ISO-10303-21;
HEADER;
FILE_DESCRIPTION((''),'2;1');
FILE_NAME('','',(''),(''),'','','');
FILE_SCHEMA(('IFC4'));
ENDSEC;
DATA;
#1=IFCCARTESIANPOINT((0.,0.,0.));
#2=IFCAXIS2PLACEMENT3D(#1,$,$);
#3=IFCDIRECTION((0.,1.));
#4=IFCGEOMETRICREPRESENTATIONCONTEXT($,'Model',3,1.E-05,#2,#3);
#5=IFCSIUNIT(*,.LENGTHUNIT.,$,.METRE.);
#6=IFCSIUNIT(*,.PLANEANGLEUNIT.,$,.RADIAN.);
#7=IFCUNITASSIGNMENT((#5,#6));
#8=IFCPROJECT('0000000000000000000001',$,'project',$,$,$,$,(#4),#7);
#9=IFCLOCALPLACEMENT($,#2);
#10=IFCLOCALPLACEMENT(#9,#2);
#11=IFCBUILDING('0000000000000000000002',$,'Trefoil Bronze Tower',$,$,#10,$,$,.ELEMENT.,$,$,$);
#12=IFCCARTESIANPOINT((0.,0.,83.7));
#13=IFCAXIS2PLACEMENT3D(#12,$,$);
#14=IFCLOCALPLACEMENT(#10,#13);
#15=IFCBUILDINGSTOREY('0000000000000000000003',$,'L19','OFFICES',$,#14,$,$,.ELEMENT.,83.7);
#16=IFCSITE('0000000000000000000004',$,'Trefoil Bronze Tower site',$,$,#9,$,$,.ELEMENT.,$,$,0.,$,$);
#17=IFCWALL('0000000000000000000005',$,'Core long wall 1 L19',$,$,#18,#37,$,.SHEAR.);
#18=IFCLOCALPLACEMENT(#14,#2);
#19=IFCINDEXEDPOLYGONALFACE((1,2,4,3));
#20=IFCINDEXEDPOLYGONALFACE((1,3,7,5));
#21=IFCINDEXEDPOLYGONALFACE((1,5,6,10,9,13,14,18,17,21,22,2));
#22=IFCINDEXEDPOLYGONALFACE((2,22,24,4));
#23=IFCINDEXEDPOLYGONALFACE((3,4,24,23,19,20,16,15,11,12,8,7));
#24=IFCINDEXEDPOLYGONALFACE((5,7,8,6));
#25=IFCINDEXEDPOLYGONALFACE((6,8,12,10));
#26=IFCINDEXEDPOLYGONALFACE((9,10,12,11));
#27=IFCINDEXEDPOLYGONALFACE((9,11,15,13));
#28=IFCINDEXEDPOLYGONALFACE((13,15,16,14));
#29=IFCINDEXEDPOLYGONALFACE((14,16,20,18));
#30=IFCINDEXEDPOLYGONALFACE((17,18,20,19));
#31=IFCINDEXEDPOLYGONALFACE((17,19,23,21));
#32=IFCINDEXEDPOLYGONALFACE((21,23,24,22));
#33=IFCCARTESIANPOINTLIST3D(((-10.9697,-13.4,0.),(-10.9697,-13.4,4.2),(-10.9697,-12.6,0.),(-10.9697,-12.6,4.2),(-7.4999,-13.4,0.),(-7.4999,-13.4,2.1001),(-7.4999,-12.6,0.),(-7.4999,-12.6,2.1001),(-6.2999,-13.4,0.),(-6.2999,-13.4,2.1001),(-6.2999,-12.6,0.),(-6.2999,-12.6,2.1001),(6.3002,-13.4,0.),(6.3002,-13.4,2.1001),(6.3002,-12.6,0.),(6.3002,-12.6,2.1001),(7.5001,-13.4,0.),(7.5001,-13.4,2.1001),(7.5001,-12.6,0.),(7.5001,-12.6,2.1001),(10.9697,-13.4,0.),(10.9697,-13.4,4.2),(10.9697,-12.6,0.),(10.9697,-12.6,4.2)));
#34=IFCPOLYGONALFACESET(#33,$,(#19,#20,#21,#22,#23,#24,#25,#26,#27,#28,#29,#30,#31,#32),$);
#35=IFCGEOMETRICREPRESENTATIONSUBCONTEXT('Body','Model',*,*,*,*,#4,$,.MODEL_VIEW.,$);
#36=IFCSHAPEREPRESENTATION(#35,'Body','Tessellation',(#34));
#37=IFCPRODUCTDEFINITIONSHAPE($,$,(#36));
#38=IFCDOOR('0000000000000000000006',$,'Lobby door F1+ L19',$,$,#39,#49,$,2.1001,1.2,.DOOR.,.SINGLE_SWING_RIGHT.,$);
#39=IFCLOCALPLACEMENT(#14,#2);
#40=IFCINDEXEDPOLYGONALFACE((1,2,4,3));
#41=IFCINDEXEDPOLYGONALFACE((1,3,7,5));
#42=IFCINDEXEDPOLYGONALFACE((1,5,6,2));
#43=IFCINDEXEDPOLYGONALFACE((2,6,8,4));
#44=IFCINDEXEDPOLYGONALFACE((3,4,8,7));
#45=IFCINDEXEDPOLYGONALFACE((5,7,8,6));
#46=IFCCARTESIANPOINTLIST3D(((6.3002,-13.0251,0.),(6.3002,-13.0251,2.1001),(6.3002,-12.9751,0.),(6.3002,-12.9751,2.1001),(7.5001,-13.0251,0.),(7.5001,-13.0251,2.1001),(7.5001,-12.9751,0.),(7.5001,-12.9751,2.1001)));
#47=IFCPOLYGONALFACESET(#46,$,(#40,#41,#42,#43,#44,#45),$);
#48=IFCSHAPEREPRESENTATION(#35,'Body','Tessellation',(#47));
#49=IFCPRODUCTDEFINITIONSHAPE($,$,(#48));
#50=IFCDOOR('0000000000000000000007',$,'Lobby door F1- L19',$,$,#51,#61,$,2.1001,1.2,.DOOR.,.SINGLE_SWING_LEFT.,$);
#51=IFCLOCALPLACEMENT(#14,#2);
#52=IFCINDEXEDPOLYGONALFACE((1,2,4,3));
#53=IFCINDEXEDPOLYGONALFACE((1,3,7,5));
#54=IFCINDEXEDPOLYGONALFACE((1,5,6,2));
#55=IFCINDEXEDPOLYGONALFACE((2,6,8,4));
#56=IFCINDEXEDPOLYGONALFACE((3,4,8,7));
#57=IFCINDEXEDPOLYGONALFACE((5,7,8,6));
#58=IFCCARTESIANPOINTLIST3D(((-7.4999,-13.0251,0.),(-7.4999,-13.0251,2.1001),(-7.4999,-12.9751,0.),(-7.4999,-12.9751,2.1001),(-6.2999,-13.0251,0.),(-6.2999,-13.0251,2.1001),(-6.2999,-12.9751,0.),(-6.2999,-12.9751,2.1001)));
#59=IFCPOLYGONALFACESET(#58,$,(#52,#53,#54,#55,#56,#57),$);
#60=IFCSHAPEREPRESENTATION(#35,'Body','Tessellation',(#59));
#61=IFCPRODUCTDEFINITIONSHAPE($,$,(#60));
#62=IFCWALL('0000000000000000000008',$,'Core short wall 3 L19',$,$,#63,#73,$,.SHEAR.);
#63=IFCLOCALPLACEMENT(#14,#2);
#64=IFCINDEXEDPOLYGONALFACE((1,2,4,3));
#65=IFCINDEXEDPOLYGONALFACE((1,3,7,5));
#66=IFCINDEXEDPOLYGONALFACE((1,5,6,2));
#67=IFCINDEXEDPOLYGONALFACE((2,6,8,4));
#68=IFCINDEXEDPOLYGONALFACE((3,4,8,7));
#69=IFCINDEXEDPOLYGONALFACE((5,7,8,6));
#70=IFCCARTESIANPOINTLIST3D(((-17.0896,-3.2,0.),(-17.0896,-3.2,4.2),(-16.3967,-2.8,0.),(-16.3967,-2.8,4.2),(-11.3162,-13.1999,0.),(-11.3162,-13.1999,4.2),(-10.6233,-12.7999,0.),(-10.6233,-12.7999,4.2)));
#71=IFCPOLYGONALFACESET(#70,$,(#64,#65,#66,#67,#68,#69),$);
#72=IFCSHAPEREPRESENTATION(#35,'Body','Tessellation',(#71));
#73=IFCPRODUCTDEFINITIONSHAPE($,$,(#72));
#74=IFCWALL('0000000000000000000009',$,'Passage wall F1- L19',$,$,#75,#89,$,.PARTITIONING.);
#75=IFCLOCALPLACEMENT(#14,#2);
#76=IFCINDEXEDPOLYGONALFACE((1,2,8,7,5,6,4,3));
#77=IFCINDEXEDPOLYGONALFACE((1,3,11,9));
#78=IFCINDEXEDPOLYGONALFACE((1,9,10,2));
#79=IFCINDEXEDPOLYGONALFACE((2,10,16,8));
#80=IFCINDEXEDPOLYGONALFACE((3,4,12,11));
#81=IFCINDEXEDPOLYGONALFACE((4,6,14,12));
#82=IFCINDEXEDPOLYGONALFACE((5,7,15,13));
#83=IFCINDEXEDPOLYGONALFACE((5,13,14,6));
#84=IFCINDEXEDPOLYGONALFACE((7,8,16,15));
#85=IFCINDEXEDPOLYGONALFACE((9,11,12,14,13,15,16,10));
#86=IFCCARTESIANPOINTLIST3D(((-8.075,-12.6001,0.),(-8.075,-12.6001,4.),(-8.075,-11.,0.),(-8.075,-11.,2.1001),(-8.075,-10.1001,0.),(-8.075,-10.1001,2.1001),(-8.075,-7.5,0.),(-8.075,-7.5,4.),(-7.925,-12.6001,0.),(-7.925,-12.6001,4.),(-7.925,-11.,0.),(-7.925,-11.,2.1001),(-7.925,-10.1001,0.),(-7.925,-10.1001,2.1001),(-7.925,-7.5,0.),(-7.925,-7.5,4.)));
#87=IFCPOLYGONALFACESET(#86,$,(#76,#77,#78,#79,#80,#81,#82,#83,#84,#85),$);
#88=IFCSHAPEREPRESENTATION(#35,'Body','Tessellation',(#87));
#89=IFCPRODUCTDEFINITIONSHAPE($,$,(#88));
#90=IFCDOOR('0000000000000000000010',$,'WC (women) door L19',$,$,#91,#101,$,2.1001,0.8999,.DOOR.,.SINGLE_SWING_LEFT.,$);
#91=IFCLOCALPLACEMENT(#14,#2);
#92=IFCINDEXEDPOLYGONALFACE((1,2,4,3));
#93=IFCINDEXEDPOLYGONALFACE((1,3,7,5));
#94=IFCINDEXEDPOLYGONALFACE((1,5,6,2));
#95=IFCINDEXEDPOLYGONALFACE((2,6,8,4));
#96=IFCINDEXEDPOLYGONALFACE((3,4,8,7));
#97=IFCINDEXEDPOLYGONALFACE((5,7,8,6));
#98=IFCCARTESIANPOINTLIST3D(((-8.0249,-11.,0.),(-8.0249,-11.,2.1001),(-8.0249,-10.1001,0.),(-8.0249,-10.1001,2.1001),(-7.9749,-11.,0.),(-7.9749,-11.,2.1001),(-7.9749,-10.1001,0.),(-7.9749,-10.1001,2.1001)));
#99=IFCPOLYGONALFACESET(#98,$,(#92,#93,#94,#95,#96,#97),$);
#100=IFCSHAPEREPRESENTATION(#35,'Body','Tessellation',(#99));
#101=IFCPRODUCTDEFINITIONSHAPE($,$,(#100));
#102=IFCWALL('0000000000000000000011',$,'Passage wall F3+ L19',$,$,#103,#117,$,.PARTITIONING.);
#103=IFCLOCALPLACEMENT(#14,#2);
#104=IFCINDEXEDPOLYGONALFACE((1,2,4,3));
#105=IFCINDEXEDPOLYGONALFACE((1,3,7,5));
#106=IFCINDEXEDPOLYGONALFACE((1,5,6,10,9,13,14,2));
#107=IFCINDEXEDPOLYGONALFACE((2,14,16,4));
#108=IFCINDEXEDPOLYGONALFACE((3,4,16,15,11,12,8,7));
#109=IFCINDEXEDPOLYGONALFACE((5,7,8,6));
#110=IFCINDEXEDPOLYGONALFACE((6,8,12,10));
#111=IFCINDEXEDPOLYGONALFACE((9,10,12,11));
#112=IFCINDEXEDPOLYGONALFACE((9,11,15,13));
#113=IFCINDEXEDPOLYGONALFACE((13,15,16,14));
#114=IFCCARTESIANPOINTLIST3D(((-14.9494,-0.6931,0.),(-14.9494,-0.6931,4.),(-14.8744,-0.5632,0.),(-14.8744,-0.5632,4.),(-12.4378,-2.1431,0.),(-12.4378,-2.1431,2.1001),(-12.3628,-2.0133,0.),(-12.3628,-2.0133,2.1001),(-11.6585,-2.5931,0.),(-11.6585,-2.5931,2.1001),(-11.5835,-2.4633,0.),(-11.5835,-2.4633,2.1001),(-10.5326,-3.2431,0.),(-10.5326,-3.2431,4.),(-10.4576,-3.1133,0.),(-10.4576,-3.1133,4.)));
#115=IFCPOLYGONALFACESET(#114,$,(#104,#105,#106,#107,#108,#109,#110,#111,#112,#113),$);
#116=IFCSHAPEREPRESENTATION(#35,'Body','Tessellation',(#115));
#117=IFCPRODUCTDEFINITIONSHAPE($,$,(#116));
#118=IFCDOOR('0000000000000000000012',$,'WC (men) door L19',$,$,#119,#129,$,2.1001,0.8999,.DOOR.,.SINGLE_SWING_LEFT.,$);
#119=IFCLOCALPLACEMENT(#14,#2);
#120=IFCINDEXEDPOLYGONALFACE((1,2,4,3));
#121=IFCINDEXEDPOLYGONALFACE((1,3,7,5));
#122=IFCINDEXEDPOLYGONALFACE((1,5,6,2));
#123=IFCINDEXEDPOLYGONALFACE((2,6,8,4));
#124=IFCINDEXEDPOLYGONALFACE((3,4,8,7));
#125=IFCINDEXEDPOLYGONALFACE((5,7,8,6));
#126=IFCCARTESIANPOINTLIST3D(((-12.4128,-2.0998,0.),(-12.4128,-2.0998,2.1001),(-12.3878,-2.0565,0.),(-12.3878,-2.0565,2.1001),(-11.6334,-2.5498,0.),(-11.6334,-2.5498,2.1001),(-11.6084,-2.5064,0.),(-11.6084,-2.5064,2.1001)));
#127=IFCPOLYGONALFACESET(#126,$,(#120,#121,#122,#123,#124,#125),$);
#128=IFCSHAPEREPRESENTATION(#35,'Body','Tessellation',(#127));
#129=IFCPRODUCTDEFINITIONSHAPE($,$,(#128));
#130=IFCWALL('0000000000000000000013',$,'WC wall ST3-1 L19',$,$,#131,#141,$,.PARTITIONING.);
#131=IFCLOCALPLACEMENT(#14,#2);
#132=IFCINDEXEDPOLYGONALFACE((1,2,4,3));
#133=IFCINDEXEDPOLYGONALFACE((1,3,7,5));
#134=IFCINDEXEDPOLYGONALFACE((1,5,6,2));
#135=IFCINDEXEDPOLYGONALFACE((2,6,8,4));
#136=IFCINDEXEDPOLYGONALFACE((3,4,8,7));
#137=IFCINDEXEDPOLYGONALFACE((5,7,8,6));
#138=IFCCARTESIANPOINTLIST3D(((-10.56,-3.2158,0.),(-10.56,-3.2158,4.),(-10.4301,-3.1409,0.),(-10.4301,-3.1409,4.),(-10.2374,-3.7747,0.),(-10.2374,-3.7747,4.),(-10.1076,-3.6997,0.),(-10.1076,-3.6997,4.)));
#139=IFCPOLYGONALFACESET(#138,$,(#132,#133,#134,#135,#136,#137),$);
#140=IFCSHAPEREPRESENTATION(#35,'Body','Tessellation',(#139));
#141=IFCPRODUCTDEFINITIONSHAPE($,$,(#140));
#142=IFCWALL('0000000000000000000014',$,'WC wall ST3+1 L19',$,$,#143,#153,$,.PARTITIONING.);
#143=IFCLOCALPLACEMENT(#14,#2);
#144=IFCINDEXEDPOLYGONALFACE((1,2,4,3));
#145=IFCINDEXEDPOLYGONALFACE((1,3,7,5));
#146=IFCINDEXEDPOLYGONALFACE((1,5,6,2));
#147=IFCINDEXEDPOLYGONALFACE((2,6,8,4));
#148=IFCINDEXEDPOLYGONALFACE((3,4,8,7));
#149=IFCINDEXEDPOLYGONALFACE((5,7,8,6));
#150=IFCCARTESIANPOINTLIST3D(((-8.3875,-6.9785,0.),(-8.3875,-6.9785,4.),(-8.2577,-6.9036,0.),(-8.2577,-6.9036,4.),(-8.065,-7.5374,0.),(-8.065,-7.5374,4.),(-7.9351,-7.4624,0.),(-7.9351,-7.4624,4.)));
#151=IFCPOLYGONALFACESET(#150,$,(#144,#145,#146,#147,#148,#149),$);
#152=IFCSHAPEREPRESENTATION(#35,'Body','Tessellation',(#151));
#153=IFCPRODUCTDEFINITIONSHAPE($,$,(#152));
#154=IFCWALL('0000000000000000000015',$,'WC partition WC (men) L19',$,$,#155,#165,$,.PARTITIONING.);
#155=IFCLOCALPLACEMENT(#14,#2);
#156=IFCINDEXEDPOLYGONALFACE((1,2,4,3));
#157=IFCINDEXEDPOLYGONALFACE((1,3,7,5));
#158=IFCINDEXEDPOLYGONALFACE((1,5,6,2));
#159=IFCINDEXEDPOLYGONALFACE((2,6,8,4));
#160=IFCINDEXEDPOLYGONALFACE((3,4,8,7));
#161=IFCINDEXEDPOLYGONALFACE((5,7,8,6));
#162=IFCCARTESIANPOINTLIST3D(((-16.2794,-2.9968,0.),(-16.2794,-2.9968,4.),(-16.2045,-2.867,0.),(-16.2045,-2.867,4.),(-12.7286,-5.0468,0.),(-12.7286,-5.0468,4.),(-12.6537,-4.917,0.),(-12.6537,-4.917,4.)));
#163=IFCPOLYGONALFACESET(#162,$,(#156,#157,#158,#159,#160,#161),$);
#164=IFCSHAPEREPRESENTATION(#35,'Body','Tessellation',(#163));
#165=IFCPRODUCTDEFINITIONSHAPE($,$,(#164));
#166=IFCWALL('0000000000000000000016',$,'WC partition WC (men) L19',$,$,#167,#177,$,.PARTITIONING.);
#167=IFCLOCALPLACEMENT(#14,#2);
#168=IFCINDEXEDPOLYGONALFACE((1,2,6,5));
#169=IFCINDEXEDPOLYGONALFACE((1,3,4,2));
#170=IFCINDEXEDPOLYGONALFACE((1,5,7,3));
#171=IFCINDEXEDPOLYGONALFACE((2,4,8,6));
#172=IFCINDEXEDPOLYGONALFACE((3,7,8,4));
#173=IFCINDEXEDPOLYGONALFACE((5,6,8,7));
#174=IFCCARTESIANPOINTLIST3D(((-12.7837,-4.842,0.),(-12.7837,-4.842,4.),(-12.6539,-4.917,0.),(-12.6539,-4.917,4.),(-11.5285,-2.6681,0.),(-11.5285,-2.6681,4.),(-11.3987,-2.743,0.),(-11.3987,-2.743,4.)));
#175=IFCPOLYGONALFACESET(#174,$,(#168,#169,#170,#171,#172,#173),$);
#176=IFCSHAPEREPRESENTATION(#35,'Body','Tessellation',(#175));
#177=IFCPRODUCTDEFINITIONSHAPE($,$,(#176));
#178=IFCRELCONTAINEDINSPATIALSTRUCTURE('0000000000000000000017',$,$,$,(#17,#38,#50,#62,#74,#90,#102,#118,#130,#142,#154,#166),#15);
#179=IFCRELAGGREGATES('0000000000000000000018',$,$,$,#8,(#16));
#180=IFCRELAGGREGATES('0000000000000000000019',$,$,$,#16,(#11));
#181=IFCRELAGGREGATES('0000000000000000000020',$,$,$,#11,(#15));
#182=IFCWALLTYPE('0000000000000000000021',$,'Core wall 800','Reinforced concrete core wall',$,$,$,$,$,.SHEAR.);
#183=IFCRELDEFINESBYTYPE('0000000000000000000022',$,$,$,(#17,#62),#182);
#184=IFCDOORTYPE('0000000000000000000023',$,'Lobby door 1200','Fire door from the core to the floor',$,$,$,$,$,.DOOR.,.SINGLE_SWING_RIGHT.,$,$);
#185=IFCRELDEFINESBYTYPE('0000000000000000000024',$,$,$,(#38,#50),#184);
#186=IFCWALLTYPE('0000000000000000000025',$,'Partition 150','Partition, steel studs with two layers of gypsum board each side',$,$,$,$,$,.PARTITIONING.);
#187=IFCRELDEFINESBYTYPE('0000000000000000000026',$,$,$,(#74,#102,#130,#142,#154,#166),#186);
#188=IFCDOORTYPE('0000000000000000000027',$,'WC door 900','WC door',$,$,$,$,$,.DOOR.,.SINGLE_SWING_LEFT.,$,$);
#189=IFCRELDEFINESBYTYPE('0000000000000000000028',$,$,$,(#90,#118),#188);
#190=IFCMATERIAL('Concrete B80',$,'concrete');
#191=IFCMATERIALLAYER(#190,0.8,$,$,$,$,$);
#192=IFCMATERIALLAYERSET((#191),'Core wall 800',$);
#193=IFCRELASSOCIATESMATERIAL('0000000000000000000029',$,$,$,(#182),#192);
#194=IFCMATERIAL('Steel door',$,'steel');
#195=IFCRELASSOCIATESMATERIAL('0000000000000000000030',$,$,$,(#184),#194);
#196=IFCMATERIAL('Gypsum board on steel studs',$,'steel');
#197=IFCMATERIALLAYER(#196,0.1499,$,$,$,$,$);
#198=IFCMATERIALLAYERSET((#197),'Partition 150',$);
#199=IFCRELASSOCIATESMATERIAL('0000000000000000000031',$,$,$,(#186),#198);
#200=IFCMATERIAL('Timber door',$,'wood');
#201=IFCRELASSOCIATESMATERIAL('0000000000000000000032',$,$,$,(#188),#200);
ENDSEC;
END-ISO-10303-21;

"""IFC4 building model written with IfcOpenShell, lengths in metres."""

from ifc_helpers import new_model, si_unit, direction, frame, frame_2d, origin, place, context, subcontext, project, spatial, rectangle, extrude, material, layer, layer_set, type_object, element, fill, save


model = new_model("IFC4")

# Units and contexts
model_context = context("Model", 3, precision=1e-05, world=origin(), true_north=direction((0.0, 1.0)))
body_context = subcontext(model_context, "Body", "Model", "MODEL_VIEW")
ifc_project = project(units=[si_unit("LENGTHUNIT", "METRE"), si_unit("PLANEANGLEUNIT", "RADIAN")], contexts=[model_context])

# Site, building, storey
site_placement = place(None, origin())
site = spatial("IfcSite", under=ifc_project, at=site_placement, Name="Trefoil Bronze Tower site", CompositionType="ELEMENT", RefElevation=0.0)
building_placement = place(site_placement, origin())
building = spatial("IfcBuilding", under=site, at=building_placement, Name="Trefoil Bronze Tower", CompositionType="ELEMENT")
storey_placement = place(building_placement, frame((0.0, 0.0, 83.7)))
storey = spatial("IfcBuildingStorey", under=building, at=storey_placement, Name="L19", Description="OFFICES", CompositionType="ELEMENT", Elevation=83.7)

# Wall, openings, doors
ifc_material_1 = material(Name="Concrete B80", Category="concrete")
ifc_layer_1 = layer(ifc_material_1, 0.8)
ifc_layer_set_1 = layer_set([ifc_layer_1], Name="Core wall 800")
wall_type_1 = type_object("IfcWallType", Name="Core wall 800", Description="Reinforced concrete core wall", PredefinedType="SHEAR", material=ifc_layer_set_1)
wall_1_placement = place(storey_placement, frame((-10.9697, -13.0, 0.0), z_axis=(0.0, 0.0, 1.0), x_axis=(1.0, 0.0, 0.0)))
wall_1 = element("IfcWall", 1, at=wall_1_placement, inside=storey, type_object=wall_type_1, Name="Core long wall 1 L19", PredefinedType="SHEAR", context=body_context, shape_type="SweptSolid", body=[
    extrude(rectangle(XDim=21.9395, YDim=0.8, at=frame_2d((10.9697, 0.0))), origin(), (0.0, 0.0, 1.0), 4.2),
])
opening_1_placement = place(wall_1_placement, frame((17.2698, 0.0, 0.0)))
opening_1 = element("IfcOpeningElement", 2, at=opening_1_placement, cuts=wall_1, PredefinedType="OPENING", context=body_context, shape_type="SweptSolid", body=[
    extrude(rectangle(XDim=1.2, YDim=2.1001, at=frame_2d((0.6001, 1.05))), frame((0.0, 0.4099, 0.0), z_axis=(0.0, -1.0, 0.0), x_axis=(1.0, 0.0, 0.0)), (0.0, 0.0, 1.0), 0.8201),
])
opening_2_placement = place(wall_1_placement, frame((3.4697, 0.0, 0.0)))
opening_2 = element("IfcOpeningElement", 3, at=opening_2_placement, cuts=wall_1, PredefinedType="OPENING", context=body_context, shape_type="SweptSolid", body=[
    extrude(rectangle(XDim=1.2, YDim=2.1001, at=frame_2d((0.6001, 1.05))), frame((0.0, 0.4099, 0.0), z_axis=(0.0, -1.0, 0.0), x_axis=(1.0, 0.0, 0.0)), (0.0, 0.0, 1.0), 0.8201),
])
ifc_material_2 = material(Name="Steel door", Category="steel")
door_type_1 = type_object("IfcDoorType", Name="Lobby door 1200", Description="Fire door from the core to the floor", OperationType="SINGLE_SWING_RIGHT", PredefinedType="DOOR", material=ifc_material_2)
door_1_placement = place(opening_1_placement, origin())
door_1 = element("IfcDoor", 4, at=door_1_placement, inside=storey, type_object=door_type_1, Name="Lobby door F1+ L19", OperationType="SINGLE_SWING_RIGHT", OverallHeight=2.1001, OverallWidth=1.2, PredefinedType="DOOR", context=body_context, shape_type="SweptSolid", body=[
    extrude(rectangle(XDim=1.2, YDim=2.1001, at=frame_2d((0.6001, 1.05))), frame((0.0, 0.0249, 0.0), z_axis=(0.0, -1.0, 0.0), x_axis=(1.0, 0.0, 0.0)), (0.0, 0.0, 1.0), 0.05),
])
fill(opening_1, door_1)
door_2_placement = place(opening_2_placement, origin())
door_2 = element("IfcDoor", 5, at=door_2_placement, inside=storey, type_object=door_type_1, Name="Lobby door F1- L19", OperationType="SINGLE_SWING_LEFT", OverallHeight=2.1001, OverallWidth=1.2, PredefinedType="DOOR", context=body_context, shape_type="SweptSolid", body=[
    extrude(rectangle(XDim=1.2, YDim=2.1001, at=frame_2d((0.6001, 1.05))), frame((0.0, 0.0249, 0.0), z_axis=(0.0, -1.0, 0.0), x_axis=(1.0, 0.0, 0.0)), (0.0, 0.0, 1.0), 0.05),
])
fill(opening_2, door_2)

# Wall
wall_2_placement = place(storey_placement, frame((-16.7432, -3.0, 0.0), z_axis=(0.0, 0.0, 1.0), x_axis=(0.499996, -0.866028, 0.0)))
element("IfcWall", 6, at=wall_2_placement, inside=storey, type_object=wall_type_1, Name="Core short wall 3 L19", PredefinedType="SHEAR", context=body_context, shape_type="SweptSolid", body=[
    extrude(rectangle(XDim=11.5469, YDim=0.8, at=frame_2d((5.7734, 0.0))), origin(), (0.0, 0.0, 1.0), 4.2),
])

# Walls, openings, doors
ifc_material_3 = material(Name="Gypsum board on steel studs", Category="steel")
ifc_layer_2 = layer(ifc_material_3, 0.1499)
ifc_layer_set_2 = layer_set([ifc_layer_2], Name="Partition 150")
wall_type_2 = type_object("IfcWallType", Name="Partition 150", Description="Partition, steel studs with two layers of gypsum board each side", PredefinedType="PARTITIONING", material=ifc_layer_set_2)
wall_3_placement = place(storey_placement, frame((-8.0, -7.5, 0.0), z_axis=(0.0, 0.0, 1.0), x_axis=(0.0, -1.0, 0.0)))
wall_3 = element("IfcWall", 7, at=wall_3_placement, inside=storey, type_object=wall_type_2, Name="Passage wall F1- L19", PredefinedType="PARTITIONING", context=body_context, shape_type="SweptSolid", body=[
    extrude(rectangle(XDim=5.1001, YDim=0.1499, at=frame_2d((2.55, 0.0))), origin(), (0.0, 0.0, 1.0), 4.0),
])
opening_3_placement = place(wall_3_placement, frame((2.6001, 0.0, 0.0)))
opening_3 = element("IfcOpeningElement", 8, at=opening_3_placement, cuts=wall_3, PredefinedType="OPENING", context=body_context, shape_type="SweptSolid", body=[
    extrude(rectangle(XDim=0.8999, YDim=2.1001, at=frame_2d((0.45, 1.05))), frame((0.0, 0.085, 0.0), z_axis=(0.0, -1.0, 0.0), x_axis=(1.0, 0.0, 0.0)), (0.0, 0.0, 1.0), 0.1699),
])
ifc_material_4 = material(Name="Timber door", Category="wood")
door_type_2 = type_object("IfcDoorType", Name="WC door 900", Description="WC door", OperationType="SINGLE_SWING_LEFT", PredefinedType="DOOR", material=ifc_material_4)
door_3_placement = place(opening_3_placement, frame((0.8999, 0.0, 0.0), z_axis=(0.0, 0.0, 1.0), x_axis=(-1.0, 0.0, 0.0)))
door_3 = element("IfcDoor", 9, at=door_3_placement, inside=storey, type_object=door_type_2, Name="WC (women) door L19", OperationType="SINGLE_SWING_LEFT", OverallHeight=2.1001, OverallWidth=0.8999, PredefinedType="DOOR", context=body_context, shape_type="SweptSolid", body=[
    extrude(rectangle(XDim=0.8999, YDim=2.1001, at=frame_2d((0.45, 1.05))), frame((0.0, 0.0249, 0.0), z_axis=(0.0, -1.0, 0.0), x_axis=(1.0, 0.0, 0.0)), (0.0, 0.0, 1.0), 0.05),
])
fill(opening_3, door_3)
wall_4_placement = place(storey_placement, frame((-10.4951, -3.1782, 0.0), z_axis=(0.0, 0.0, 1.0), x_axis=(-0.866022, 0.500006, 0.0)))
wall_4 = element("IfcWall", 10, at=wall_4_placement, inside=storey, type_object=wall_type_2, Name="Passage wall F3+ L19", PredefinedType="PARTITIONING", context=body_context, shape_type="SweptSolid", body=[
    extrude(rectangle(XDim=5.1001, YDim=0.1499, at=frame_2d((2.55, 0.0))), origin(), (0.0, 0.0, 1.0), 4.0),
])
opening_4_placement = place(wall_4_placement, frame((1.3, 0.0, 0.0)))
opening_4 = element("IfcOpeningElement", 11, at=opening_4_placement, cuts=wall_4, PredefinedType="OPENING", context=body_context, shape_type="SweptSolid", body=[
    extrude(rectangle(XDim=0.8999, YDim=2.1001, at=frame_2d((0.45, 1.05))), frame((0.0, 0.085, 0.0), z_axis=(0.0, -1.0, 0.0), x_axis=(1.0, 0.0, 0.0)), (0.0, 0.0, 1.0), 0.1699),
])
door_4_placement = place(opening_4_placement, origin())
door_4 = element("IfcDoor", 12, at=door_4_placement, inside=storey, type_object=door_type_2, Name="WC (men) door L19", OperationType="SINGLE_SWING_LEFT", OverallHeight=2.1001, OverallWidth=0.8999, PredefinedType="DOOR", context=body_context, shape_type="SweptSolid", body=[
    extrude(rectangle(XDim=0.8999, YDim=2.1001, at=frame_2d((0.45, 1.05))), frame((0.0, 0.0249, 0.0), z_axis=(0.0, -1.0, 0.0), x_axis=(1.0, 0.0, 0.0)), (0.0, 0.0, 1.0), 0.05),
])
fill(opening_4, door_4)

# Walls
for number, where, z_axis, x_axis, name in (
    (13, (-10.4951, -3.1782, 0.0), (0.0, 0.0, 1.0), (0.499843, -0.866116, 0.0), "WC wall ST3-1 L19"),
    (14, (-8.0, -7.5, 0.0), (0.0, 0.0, 1.0), (-0.499843, 0.866116, 0.0), "WC wall ST3+1 L19"),
):
    element("IfcWall", number, at=place(storey_placement, frame(where, z_axis=z_axis, x_axis=x_axis)), inside=storey, type_object=wall_type_2, Name=name, PredefinedType="PARTITIONING", context=body_context, shape_type="SweptSolid", body=[
        extrude(rectangle(XDim=0.6453, YDim=0.1499, at=frame_2d((0.3228, 0.0))), origin(), (0.0, 0.0, 1.0), 4.0),
    ])
wall_5_placement = place(storey_placement, frame((-12.6912, -4.9819, 0.0), z_axis=(0.0, 0.0, 1.0), x_axis=(-0.866025, 0.500001, 0.0)))
element("IfcWall", 15, at=wall_5_placement, inside=storey, type_object=wall_type_2, Name="WC partition WC (men) L19", PredefinedType="PARTITIONING", context=body_context, shape_type="SweptSolid", body=[
    extrude(rectangle(XDim=4.1001, YDim=0.1499, at=frame_2d((2.05, 0.0))), origin(), (0.0, 0.0, 1.0), 4.0),
])
wall_6_placement = place(storey_placement, frame((-11.4636, -2.7056, 0.0), z_axis=(0.0, 0.0, 1.0), x_axis=(-0.50002, -0.866014, 0.0)))
element("IfcWall", 16, at=wall_6_placement, inside=storey, type_object=wall_type_2, Name="WC partition WC (men) L19", PredefinedType="PARTITIONING", context=body_context, shape_type="SweptSolid", body=[
    extrude(rectangle(XDim=2.5103, YDim=0.1499, at=frame_2d((1.2551, 0.0))), origin(), (0.0, 0.0, 1.0), 4.0),
])

save(model, "model.ifc")
